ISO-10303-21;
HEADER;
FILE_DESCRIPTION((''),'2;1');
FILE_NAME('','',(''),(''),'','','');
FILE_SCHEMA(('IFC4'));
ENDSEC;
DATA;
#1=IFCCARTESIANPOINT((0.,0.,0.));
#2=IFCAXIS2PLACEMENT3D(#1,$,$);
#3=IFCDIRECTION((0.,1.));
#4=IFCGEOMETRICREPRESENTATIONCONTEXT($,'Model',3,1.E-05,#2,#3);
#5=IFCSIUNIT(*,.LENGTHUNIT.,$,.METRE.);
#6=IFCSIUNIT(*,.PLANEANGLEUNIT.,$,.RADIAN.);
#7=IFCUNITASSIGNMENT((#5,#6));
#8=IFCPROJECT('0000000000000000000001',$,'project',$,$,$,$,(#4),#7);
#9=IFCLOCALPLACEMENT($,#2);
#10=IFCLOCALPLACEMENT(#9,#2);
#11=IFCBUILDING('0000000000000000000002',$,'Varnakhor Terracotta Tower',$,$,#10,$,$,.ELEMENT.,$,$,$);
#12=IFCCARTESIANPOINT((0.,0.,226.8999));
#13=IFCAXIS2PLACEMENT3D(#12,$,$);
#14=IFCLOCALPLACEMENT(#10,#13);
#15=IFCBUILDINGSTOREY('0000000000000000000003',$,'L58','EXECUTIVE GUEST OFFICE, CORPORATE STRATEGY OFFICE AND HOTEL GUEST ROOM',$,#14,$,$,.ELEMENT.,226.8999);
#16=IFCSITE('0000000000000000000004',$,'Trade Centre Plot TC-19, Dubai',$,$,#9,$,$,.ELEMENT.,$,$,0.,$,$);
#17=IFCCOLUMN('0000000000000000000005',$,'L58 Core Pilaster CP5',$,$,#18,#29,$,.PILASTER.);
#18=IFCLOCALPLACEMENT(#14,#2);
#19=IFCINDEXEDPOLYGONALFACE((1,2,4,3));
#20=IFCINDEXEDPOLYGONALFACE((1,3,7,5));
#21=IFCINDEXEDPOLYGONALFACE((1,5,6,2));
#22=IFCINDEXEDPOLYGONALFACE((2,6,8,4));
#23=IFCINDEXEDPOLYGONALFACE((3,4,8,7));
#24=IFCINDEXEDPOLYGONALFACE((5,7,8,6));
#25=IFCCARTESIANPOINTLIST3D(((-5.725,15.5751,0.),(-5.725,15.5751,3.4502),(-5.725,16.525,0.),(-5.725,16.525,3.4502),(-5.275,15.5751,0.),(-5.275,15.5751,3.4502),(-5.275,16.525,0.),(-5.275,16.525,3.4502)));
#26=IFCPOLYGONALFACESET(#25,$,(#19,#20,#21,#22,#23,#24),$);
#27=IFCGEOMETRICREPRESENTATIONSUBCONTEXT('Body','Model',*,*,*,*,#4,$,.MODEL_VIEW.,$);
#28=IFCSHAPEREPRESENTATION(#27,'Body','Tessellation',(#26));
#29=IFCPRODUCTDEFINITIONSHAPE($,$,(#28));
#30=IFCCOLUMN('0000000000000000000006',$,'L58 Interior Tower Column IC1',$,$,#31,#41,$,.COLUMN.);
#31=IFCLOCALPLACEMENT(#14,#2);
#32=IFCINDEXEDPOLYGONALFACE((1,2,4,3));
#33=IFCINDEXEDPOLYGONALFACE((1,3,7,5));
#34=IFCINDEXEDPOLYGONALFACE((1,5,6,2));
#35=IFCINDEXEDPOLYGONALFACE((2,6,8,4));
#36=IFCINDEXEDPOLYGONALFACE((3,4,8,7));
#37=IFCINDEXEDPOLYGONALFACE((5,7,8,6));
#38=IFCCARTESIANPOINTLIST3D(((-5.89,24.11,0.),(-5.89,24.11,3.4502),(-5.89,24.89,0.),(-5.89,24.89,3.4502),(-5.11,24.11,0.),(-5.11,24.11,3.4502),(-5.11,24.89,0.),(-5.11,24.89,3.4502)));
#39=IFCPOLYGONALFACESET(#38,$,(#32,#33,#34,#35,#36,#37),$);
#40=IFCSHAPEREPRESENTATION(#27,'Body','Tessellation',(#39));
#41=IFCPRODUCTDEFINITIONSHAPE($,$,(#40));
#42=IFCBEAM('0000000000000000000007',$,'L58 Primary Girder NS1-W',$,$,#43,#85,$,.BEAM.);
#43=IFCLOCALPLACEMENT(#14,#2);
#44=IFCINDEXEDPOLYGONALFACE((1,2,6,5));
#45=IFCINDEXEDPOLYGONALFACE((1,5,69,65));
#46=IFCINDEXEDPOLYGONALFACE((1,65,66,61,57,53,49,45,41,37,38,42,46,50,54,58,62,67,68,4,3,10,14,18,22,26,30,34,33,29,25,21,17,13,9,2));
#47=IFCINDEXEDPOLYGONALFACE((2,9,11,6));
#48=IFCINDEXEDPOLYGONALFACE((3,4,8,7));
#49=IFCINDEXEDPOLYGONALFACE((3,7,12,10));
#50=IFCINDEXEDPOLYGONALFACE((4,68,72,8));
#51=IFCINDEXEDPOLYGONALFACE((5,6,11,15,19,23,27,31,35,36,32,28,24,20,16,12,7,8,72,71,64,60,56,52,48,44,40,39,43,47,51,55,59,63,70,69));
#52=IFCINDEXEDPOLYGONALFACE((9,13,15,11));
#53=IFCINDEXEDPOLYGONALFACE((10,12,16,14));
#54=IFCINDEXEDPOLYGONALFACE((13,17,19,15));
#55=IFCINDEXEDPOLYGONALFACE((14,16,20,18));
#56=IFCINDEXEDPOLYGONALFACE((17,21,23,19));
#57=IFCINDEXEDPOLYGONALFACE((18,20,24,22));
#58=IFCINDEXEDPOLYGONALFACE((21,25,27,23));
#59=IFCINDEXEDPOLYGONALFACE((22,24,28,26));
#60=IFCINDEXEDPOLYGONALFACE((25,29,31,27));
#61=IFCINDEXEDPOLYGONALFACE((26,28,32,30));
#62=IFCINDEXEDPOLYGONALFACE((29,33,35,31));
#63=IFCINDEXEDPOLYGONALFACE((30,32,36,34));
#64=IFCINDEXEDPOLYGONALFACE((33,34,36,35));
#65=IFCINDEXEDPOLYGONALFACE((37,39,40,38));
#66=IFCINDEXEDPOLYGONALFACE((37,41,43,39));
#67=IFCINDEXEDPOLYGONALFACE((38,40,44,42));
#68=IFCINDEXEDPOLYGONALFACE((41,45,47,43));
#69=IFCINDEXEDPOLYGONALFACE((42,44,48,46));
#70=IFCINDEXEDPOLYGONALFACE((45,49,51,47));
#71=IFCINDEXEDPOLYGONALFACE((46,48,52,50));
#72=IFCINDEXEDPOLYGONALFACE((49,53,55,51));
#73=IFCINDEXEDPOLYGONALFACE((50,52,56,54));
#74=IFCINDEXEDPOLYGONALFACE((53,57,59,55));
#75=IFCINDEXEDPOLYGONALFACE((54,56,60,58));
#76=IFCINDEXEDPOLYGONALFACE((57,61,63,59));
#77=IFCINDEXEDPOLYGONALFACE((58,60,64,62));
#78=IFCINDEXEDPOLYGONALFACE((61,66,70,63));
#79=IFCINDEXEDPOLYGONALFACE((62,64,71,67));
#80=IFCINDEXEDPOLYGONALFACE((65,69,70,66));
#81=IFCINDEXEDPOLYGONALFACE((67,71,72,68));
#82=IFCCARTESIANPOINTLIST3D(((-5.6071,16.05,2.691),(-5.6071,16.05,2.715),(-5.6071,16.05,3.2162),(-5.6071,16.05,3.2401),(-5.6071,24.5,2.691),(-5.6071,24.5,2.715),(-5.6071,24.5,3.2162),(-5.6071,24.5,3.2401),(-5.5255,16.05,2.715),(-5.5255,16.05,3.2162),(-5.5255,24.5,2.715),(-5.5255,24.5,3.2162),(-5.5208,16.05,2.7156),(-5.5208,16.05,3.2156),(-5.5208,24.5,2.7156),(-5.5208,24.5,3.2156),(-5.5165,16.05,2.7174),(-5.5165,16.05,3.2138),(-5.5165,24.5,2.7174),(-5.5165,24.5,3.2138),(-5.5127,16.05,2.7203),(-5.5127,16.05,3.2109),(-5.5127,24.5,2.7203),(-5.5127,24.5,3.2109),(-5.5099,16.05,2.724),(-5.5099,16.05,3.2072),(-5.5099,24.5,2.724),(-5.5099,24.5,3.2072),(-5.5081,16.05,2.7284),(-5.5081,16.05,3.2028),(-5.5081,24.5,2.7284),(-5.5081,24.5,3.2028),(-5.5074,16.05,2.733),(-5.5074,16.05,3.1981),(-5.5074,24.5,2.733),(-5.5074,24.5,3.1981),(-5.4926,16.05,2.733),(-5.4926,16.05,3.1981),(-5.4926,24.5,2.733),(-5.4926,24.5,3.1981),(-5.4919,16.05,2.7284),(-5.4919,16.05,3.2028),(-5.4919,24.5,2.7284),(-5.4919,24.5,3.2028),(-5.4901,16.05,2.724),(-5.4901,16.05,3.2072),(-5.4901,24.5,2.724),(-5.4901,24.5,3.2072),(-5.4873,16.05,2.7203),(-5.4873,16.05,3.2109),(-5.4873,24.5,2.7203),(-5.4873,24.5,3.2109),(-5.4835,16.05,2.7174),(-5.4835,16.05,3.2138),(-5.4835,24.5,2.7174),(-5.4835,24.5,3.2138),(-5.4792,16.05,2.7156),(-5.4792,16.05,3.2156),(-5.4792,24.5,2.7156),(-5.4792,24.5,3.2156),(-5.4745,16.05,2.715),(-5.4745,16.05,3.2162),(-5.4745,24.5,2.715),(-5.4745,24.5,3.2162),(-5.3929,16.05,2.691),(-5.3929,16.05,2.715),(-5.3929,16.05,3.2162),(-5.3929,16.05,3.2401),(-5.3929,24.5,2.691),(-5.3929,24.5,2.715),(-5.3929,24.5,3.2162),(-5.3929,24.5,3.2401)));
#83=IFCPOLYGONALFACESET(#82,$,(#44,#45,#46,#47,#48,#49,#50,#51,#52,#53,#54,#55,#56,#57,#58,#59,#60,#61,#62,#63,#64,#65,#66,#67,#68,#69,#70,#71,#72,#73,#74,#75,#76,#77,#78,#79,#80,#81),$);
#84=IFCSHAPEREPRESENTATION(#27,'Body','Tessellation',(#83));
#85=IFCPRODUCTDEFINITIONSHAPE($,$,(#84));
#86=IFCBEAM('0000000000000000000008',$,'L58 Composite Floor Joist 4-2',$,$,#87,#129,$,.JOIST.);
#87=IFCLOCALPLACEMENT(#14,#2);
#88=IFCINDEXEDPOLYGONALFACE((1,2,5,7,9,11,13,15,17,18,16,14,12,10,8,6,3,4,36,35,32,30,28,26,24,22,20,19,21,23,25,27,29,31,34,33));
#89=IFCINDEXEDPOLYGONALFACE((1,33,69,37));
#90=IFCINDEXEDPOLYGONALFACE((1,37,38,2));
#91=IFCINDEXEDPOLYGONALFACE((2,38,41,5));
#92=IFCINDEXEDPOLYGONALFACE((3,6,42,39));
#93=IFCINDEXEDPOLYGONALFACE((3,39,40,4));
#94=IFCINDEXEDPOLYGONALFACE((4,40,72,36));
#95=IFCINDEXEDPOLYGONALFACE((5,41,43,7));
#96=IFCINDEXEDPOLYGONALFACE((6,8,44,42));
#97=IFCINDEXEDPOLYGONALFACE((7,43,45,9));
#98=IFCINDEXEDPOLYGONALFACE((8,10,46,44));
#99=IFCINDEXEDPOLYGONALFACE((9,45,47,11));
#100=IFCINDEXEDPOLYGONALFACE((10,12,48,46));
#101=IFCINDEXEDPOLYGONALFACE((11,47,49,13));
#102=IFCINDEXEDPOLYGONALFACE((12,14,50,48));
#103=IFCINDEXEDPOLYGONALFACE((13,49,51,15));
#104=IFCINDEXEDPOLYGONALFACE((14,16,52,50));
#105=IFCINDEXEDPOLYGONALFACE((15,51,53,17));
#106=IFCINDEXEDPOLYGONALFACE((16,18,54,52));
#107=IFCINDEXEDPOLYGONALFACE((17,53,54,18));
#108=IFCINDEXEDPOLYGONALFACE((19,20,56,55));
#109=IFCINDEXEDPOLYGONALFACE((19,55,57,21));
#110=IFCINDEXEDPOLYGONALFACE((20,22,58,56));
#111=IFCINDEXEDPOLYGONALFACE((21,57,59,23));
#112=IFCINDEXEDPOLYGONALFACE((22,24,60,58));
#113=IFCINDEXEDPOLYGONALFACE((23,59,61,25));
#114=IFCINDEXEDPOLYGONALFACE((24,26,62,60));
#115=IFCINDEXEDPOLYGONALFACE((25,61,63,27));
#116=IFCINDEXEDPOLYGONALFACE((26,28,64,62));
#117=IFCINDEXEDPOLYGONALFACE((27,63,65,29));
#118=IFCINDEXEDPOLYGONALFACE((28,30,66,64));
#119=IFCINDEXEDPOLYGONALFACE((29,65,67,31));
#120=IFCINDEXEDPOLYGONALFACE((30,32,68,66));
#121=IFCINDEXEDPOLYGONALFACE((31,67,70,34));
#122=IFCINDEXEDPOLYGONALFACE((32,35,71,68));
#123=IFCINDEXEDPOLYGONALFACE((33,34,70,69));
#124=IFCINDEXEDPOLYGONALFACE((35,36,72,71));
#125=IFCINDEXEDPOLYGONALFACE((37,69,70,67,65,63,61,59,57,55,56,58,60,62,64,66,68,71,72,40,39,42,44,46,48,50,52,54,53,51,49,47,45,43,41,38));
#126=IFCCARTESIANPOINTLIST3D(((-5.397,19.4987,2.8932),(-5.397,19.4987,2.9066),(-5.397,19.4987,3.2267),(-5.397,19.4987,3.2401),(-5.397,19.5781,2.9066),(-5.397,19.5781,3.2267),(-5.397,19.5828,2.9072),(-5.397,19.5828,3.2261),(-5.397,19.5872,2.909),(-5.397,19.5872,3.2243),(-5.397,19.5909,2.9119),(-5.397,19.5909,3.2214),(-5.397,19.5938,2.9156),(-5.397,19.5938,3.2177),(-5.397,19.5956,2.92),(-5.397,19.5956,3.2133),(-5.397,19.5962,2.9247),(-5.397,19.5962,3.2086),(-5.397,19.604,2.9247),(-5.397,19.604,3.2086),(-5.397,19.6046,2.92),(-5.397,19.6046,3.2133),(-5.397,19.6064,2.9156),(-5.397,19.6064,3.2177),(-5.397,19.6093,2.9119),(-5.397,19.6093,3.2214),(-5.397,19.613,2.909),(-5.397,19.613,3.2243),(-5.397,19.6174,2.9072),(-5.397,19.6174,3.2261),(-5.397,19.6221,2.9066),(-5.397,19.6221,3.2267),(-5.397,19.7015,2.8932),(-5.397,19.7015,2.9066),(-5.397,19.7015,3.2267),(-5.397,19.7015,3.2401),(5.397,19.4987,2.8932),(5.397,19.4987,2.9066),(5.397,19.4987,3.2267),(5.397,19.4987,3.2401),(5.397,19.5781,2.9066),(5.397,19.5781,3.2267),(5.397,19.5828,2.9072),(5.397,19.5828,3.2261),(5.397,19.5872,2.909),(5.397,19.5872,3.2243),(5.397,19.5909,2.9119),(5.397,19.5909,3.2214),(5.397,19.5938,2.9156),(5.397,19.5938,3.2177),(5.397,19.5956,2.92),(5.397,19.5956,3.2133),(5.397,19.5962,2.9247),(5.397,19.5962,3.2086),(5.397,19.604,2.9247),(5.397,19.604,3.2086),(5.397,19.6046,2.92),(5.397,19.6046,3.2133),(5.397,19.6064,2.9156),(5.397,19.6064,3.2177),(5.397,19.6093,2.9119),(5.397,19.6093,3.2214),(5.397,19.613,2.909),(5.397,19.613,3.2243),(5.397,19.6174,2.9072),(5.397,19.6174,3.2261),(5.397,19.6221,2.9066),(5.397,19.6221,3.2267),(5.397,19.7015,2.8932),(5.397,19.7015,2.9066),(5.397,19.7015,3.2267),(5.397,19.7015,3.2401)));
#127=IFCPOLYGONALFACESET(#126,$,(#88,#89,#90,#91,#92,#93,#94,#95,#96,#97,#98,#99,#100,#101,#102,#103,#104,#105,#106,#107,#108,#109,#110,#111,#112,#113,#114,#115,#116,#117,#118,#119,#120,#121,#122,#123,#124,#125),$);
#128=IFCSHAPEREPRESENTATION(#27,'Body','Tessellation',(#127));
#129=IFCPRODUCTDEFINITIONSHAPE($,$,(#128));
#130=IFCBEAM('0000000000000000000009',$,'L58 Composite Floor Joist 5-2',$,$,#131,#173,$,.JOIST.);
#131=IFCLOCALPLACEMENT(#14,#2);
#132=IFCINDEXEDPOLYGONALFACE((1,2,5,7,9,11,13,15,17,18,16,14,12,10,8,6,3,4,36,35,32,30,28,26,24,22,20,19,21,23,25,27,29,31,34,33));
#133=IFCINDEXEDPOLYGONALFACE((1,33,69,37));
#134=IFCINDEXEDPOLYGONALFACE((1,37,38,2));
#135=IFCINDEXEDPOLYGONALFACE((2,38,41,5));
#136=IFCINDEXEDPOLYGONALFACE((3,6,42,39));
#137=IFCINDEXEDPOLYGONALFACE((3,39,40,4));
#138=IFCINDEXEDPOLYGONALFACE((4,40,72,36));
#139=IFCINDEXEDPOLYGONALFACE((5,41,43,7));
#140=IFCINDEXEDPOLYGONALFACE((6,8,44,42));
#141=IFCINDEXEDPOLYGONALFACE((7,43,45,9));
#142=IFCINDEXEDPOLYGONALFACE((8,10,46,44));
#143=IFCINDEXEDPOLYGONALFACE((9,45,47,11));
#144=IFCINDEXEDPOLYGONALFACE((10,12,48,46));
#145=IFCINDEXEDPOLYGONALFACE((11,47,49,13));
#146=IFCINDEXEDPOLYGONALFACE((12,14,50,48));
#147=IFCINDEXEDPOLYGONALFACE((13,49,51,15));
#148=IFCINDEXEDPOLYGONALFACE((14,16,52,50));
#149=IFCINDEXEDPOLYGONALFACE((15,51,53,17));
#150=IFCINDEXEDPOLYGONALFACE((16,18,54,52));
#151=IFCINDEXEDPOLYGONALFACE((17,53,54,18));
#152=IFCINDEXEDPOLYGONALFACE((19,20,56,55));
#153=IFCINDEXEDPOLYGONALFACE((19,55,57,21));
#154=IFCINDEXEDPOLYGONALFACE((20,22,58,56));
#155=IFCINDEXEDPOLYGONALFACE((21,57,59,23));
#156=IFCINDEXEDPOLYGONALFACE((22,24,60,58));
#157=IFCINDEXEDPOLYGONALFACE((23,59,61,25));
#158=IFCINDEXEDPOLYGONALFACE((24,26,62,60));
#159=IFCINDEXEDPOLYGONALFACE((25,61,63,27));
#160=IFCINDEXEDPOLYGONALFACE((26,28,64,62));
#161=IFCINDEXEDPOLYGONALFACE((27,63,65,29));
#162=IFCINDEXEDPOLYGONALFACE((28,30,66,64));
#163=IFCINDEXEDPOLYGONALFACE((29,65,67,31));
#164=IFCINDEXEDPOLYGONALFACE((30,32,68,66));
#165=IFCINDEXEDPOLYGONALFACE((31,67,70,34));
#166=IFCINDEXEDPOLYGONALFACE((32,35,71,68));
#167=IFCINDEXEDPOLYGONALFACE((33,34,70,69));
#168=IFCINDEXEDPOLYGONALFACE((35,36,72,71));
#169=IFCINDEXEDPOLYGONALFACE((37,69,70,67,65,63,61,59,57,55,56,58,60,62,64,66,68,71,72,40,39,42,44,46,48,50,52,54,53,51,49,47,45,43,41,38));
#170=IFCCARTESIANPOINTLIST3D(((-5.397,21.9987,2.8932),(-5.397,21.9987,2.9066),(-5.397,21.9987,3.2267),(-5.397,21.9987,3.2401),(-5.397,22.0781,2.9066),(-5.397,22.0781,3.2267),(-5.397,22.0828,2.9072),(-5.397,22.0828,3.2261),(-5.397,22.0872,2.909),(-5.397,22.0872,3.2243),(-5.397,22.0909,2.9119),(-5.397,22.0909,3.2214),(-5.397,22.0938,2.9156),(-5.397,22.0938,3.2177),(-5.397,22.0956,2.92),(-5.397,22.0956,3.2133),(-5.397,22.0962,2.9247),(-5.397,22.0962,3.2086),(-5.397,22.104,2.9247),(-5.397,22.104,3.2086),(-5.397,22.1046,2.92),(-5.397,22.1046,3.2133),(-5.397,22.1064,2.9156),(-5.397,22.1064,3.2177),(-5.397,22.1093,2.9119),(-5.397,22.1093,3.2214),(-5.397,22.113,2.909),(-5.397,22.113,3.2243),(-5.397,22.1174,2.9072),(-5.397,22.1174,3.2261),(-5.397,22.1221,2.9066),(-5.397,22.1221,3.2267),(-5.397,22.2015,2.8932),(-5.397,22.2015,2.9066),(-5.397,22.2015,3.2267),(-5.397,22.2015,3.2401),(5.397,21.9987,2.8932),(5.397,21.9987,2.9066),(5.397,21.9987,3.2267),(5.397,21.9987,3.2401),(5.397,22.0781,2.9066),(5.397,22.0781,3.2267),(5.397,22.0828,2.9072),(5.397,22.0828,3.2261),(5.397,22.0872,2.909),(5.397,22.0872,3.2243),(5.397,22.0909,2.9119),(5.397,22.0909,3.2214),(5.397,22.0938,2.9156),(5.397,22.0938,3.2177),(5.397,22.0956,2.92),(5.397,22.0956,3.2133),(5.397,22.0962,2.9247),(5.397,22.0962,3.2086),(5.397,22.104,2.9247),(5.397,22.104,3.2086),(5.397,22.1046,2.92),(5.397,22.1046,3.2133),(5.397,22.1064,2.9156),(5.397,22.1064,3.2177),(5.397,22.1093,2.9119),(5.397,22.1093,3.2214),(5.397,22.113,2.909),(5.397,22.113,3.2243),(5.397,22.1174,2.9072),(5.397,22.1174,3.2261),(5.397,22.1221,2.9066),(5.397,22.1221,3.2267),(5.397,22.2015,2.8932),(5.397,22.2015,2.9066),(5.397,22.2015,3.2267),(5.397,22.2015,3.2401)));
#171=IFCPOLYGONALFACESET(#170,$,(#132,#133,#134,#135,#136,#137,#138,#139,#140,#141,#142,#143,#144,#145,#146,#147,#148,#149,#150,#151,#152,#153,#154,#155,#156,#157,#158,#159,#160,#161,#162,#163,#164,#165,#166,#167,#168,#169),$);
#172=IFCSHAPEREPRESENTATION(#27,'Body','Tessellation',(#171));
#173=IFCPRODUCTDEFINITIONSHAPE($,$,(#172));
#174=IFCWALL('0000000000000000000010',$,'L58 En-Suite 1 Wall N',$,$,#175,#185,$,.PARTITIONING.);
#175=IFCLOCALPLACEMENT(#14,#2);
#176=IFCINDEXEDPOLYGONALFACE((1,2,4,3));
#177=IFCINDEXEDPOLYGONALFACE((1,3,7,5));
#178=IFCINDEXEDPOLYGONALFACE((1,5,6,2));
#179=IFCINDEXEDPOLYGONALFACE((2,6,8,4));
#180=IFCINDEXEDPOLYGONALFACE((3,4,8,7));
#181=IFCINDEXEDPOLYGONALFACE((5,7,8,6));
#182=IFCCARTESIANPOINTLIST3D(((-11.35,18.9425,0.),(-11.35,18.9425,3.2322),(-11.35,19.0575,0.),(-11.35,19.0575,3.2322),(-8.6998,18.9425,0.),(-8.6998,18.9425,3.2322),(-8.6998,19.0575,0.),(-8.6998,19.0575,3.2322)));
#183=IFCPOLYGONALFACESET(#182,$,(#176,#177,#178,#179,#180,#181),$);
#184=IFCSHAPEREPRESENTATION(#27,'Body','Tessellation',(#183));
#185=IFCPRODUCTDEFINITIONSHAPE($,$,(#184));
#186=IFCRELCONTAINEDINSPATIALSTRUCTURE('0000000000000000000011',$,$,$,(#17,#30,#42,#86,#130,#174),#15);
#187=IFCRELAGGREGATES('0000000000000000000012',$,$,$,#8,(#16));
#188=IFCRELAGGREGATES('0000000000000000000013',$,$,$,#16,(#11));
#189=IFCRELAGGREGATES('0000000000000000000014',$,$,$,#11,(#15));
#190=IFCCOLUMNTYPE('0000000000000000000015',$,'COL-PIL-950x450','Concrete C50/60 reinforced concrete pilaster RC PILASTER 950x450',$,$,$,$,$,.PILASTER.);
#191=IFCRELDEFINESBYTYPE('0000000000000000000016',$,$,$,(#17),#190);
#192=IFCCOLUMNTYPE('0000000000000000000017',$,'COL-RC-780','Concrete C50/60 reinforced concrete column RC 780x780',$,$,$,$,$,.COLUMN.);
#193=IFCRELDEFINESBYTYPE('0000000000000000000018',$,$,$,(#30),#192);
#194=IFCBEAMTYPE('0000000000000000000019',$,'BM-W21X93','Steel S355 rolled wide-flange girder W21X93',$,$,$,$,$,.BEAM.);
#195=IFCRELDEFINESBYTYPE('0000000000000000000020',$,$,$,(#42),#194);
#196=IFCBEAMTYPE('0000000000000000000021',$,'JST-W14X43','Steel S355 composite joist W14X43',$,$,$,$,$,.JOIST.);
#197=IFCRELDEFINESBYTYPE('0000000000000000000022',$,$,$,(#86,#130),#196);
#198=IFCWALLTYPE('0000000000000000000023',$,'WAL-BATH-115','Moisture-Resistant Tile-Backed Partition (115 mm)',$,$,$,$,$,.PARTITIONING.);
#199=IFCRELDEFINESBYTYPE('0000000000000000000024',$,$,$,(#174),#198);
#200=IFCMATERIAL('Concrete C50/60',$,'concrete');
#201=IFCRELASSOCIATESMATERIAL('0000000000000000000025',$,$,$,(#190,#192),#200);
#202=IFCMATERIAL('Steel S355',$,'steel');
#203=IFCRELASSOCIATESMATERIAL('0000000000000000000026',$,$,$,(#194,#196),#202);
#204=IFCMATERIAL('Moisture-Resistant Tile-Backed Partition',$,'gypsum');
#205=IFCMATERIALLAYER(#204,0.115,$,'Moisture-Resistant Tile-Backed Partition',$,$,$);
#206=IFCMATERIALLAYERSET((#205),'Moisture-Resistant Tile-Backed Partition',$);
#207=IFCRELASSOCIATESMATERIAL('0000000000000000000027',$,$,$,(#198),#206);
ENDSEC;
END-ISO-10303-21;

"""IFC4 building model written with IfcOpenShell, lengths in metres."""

from ifc_helpers import new_model, si_unit, direction, frame, frame_2d, origin, origin_2d, place, context, subcontext, project, spatial, rectangle, i_section, extrude, source, transform, mapped, material, layer, layer_set, material_profile, profile_set, type_object, type_shapes, element, save


model = new_model("IFC4")

# Units and contexts
model_context = context("Model", 3, precision=1e-05, world=origin(), true_north=direction((0.0, 1.0)))
body_context = subcontext(model_context, "Body", "Model", "MODEL_VIEW")
ifc_project = project(units=[si_unit("LENGTHUNIT", "METRE"), si_unit("PLANEANGLEUNIT", "RADIAN")], contexts=[model_context])

# Site, building, storey
site_placement = place(None, origin())
site = spatial("IfcSite", under=ifc_project, at=site_placement, Name="Trade Centre Plot TC-19, Dubai", CompositionType="ELEMENT", RefElevation=0.0)
building_placement = place(site_placement, origin())
building = spatial("IfcBuilding", under=site, at=building_placement, Name="Varnakhor Terracotta Tower", CompositionType="ELEMENT")
storey_placement = place(building_placement, frame((0.0, 0.0, 226.8999)))
storey = spatial("IfcBuildingStorey", under=building, at=storey_placement, Name="L58", Description="EXECUTIVE GUEST OFFICE, CORPORATE STRATEGY OFFICE AND HOTEL GUEST ROOM", CompositionType="ELEMENT", Elevation=226.8999)

# Columns
ifc_material_1 = material(Name="Concrete C50/60", Category="concrete")
ifc_material_profile_1 = material_profile(ifc_material_1, rectangle(XDim=0.45, YDim=0.95, at=origin_2d()), Name="RC PILASTER 950x450")
ifc_profile_set_1 = profile_set([ifc_material_profile_1], Name="Concrete C50/60")
column_type_1 = type_object("IfcColumnType", Name="COL-PIL-950x450", Description="Concrete C50/60 reinforced concrete pilaster RC PILASTER 950x450", PredefinedType="PILASTER", material=ifc_profile_set_1)
shared_shape_1 = source(origin(), body_context, "Body", "SweptSolid", [
    extrude(rectangle(XDim=0.45, YDim=0.95, at=origin_2d()), origin(), (0.0, 0.0, 1.0), 3.4502),
])
column_1_placement = place(storey_placement, frame((-5.5, 16.05, 0.0), z_axis=(0.0, 0.0, 1.0), x_axis=(1.0, 0.0, 0.0)))
element("IfcColumn", 1, at=column_1_placement, inside=storey, type_object=column_type_1, Name="L58 Core Pilaster CP5", PredefinedType="PILASTER", context=body_context, shape_type="MappedRepresentation", body=[
    mapped(shared_shape_1, transform((0.0, 0.0, 0.0), scale=1.0)),
])
ifc_material_profile_2 = material_profile(ifc_material_1, rectangle(XDim=0.78, YDim=0.78, at=origin_2d()), Name="RC 780x780")
ifc_profile_set_2 = profile_set([ifc_material_profile_2], Name="Concrete C50/60")
column_type_2 = type_object("IfcColumnType", Name="COL-RC-780", Description="Concrete C50/60 reinforced concrete column RC 780x780", PredefinedType="COLUMN", material=ifc_profile_set_2)
shared_shape_2 = source(origin(), body_context, "Body", "SweptSolid", [
    extrude(rectangle(XDim=0.78, YDim=0.78, at=origin_2d()), origin(), (0.0, 0.0, 1.0), 3.4502),
])
column_2_placement = place(storey_placement, frame((-5.5, 24.5, 0.0), z_axis=(0.0, 0.0, 1.0), x_axis=(1.0, 0.0, 0.0)))
element("IfcColumn", 2, at=column_2_placement, inside=storey, type_object=column_type_2, Name="L58 Interior Tower Column IC1", PredefinedType="COLUMN", context=body_context, shape_type="MappedRepresentation", body=[
    mapped(shared_shape_2, transform((0.0, 0.0, 0.0), scale=1.0)),
])

# Beams
ifc_material_2 = material(Name="Steel S355", Category="steel")
ifc_material_profile_3 = material_profile(ifc_material_2, i_section(OverallWidth=0.2141, OverallDepth=0.5491, WebThickness=0.0149, FlangeThickness=0.0239, FilletRadius=0.0181, at=origin_2d()), Name="W21X93")
ifc_profile_set_3 = profile_set([ifc_material_profile_3], Name="Steel S355")
beam_type_1 = type_object("IfcBeamType", Name="BM-W21X93", Description="Steel S355 rolled wide-flange girder W21X93", PredefinedType="BEAM", material=ifc_profile_set_3)
shared_shape_3 = source(origin(), body_context, "Body", "SweptSolid", [
    extrude(i_section(OverallWidth=0.2141, OverallDepth=0.5491, WebThickness=0.0149, FlangeThickness=0.0239, FilletRadius=0.0181, at=origin_2d()), origin(), (0.0, 0.0, 1.0), 8.45),
])
type_shapes(beam_type_1, [shared_shape_3])
beam_placement = place(storey_placement, frame((-5.5, 16.05, 2.9656), z_axis=(0.0, 1.0, 0.0), x_axis=(-1.0, 0.0, 0.0)))
element("IfcBeam", 3, at=beam_placement, inside=storey, type_object=beam_type_1, Name="L58 Primary Girder NS1-W", PredefinedType="BEAM", context=body_context, shape_type="MappedRepresentation", body=[
    mapped(shared_shape_3, transform((0.0, 0.0, 0.0), scale=1.0)),
])
ifc_material_profile_4 = material_profile(ifc_material_2, i_section(OverallWidth=0.2029, OverallDepth=0.3469, WebThickness=0.0078, FlangeThickness=0.0134, FilletRadius=0.0181, at=origin_2d()), Name="W14X43")
ifc_profile_set_4 = profile_set([ifc_material_profile_4], Name="Steel S355")
beam_type_2 = type_object("IfcBeamType", Name="JST-W14X43", Description="Steel S355 composite joist W14X43", PredefinedType="JOIST", material=ifc_profile_set_4)
shared_shape_4 = source(origin(), body_context, "Body", "SweptSolid", [
    extrude(i_section(OverallWidth=0.2029, OverallDepth=0.3469, WebThickness=0.0078, FlangeThickness=0.0134, FilletRadius=0.0181, at=origin_2d()), origin(), (0.0, 0.0, 1.0), 10.7939),
])
for number, where, z_axis, x_axis, name in (
    (4, (-5.397, 19.6001, 3.0667), (1.0, 0.0, 0.0), (0.0, 1.0, 0.0), "L58 Composite Floor Joist 4-2"),
    (5, (-5.397, 22.1001, 3.0667), (1.0, 0.0, 0.0), (0.0, 1.0, 0.0), "L58 Composite Floor Joist 5-2"),
):
    element("IfcBeam", number, at=place(storey_placement, frame(where, z_axis=z_axis, x_axis=x_axis)), inside=storey, type_object=beam_type_2, Name=name, PredefinedType="JOIST", context=body_context, shape_type="MappedRepresentation", body=[
        mapped(shared_shape_4, transform((0.0, 0.0, 0.0), scale=1.0)),
    ])

# Wall
ifc_material_3 = material(Name="Moisture-Resistant Tile-Backed Partition", Category="gypsum")
ifc_layer_1 = layer(ifc_material_3, 0.115, Name="Moisture-Resistant Tile-Backed Partition")
ifc_layer_set_1 = layer_set([ifc_layer_1], Name="Moisture-Resistant Tile-Backed Partition")
wall_type_1 = type_object("IfcWallType", Name="WAL-BATH-115", Description="Moisture-Resistant Tile-Backed Partition (115 mm)", PredefinedType="PARTITIONING", material=ifc_layer_set_1)
wall_1_placement = place(storey_placement, frame((-11.3501, 19.0, 0.0), z_axis=(0.0, 0.0, 1.0), x_axis=(1.0, 0.0, 0.0)))
element("IfcWall", 6, at=wall_1_placement, inside=storey, type_object=wall_type_1, Name="L58 En-Suite 1 Wall N", PredefinedType="PARTITIONING", context=body_context, shape_type="SweptSolid", body=[
    extrude(rectangle(XDim=2.6501, YDim=0.115, at=frame_2d((1.3252, 0.0))), origin(), (0.0, 0.0, 1.0), 3.2322),
])

save(model, "model.ifc")
